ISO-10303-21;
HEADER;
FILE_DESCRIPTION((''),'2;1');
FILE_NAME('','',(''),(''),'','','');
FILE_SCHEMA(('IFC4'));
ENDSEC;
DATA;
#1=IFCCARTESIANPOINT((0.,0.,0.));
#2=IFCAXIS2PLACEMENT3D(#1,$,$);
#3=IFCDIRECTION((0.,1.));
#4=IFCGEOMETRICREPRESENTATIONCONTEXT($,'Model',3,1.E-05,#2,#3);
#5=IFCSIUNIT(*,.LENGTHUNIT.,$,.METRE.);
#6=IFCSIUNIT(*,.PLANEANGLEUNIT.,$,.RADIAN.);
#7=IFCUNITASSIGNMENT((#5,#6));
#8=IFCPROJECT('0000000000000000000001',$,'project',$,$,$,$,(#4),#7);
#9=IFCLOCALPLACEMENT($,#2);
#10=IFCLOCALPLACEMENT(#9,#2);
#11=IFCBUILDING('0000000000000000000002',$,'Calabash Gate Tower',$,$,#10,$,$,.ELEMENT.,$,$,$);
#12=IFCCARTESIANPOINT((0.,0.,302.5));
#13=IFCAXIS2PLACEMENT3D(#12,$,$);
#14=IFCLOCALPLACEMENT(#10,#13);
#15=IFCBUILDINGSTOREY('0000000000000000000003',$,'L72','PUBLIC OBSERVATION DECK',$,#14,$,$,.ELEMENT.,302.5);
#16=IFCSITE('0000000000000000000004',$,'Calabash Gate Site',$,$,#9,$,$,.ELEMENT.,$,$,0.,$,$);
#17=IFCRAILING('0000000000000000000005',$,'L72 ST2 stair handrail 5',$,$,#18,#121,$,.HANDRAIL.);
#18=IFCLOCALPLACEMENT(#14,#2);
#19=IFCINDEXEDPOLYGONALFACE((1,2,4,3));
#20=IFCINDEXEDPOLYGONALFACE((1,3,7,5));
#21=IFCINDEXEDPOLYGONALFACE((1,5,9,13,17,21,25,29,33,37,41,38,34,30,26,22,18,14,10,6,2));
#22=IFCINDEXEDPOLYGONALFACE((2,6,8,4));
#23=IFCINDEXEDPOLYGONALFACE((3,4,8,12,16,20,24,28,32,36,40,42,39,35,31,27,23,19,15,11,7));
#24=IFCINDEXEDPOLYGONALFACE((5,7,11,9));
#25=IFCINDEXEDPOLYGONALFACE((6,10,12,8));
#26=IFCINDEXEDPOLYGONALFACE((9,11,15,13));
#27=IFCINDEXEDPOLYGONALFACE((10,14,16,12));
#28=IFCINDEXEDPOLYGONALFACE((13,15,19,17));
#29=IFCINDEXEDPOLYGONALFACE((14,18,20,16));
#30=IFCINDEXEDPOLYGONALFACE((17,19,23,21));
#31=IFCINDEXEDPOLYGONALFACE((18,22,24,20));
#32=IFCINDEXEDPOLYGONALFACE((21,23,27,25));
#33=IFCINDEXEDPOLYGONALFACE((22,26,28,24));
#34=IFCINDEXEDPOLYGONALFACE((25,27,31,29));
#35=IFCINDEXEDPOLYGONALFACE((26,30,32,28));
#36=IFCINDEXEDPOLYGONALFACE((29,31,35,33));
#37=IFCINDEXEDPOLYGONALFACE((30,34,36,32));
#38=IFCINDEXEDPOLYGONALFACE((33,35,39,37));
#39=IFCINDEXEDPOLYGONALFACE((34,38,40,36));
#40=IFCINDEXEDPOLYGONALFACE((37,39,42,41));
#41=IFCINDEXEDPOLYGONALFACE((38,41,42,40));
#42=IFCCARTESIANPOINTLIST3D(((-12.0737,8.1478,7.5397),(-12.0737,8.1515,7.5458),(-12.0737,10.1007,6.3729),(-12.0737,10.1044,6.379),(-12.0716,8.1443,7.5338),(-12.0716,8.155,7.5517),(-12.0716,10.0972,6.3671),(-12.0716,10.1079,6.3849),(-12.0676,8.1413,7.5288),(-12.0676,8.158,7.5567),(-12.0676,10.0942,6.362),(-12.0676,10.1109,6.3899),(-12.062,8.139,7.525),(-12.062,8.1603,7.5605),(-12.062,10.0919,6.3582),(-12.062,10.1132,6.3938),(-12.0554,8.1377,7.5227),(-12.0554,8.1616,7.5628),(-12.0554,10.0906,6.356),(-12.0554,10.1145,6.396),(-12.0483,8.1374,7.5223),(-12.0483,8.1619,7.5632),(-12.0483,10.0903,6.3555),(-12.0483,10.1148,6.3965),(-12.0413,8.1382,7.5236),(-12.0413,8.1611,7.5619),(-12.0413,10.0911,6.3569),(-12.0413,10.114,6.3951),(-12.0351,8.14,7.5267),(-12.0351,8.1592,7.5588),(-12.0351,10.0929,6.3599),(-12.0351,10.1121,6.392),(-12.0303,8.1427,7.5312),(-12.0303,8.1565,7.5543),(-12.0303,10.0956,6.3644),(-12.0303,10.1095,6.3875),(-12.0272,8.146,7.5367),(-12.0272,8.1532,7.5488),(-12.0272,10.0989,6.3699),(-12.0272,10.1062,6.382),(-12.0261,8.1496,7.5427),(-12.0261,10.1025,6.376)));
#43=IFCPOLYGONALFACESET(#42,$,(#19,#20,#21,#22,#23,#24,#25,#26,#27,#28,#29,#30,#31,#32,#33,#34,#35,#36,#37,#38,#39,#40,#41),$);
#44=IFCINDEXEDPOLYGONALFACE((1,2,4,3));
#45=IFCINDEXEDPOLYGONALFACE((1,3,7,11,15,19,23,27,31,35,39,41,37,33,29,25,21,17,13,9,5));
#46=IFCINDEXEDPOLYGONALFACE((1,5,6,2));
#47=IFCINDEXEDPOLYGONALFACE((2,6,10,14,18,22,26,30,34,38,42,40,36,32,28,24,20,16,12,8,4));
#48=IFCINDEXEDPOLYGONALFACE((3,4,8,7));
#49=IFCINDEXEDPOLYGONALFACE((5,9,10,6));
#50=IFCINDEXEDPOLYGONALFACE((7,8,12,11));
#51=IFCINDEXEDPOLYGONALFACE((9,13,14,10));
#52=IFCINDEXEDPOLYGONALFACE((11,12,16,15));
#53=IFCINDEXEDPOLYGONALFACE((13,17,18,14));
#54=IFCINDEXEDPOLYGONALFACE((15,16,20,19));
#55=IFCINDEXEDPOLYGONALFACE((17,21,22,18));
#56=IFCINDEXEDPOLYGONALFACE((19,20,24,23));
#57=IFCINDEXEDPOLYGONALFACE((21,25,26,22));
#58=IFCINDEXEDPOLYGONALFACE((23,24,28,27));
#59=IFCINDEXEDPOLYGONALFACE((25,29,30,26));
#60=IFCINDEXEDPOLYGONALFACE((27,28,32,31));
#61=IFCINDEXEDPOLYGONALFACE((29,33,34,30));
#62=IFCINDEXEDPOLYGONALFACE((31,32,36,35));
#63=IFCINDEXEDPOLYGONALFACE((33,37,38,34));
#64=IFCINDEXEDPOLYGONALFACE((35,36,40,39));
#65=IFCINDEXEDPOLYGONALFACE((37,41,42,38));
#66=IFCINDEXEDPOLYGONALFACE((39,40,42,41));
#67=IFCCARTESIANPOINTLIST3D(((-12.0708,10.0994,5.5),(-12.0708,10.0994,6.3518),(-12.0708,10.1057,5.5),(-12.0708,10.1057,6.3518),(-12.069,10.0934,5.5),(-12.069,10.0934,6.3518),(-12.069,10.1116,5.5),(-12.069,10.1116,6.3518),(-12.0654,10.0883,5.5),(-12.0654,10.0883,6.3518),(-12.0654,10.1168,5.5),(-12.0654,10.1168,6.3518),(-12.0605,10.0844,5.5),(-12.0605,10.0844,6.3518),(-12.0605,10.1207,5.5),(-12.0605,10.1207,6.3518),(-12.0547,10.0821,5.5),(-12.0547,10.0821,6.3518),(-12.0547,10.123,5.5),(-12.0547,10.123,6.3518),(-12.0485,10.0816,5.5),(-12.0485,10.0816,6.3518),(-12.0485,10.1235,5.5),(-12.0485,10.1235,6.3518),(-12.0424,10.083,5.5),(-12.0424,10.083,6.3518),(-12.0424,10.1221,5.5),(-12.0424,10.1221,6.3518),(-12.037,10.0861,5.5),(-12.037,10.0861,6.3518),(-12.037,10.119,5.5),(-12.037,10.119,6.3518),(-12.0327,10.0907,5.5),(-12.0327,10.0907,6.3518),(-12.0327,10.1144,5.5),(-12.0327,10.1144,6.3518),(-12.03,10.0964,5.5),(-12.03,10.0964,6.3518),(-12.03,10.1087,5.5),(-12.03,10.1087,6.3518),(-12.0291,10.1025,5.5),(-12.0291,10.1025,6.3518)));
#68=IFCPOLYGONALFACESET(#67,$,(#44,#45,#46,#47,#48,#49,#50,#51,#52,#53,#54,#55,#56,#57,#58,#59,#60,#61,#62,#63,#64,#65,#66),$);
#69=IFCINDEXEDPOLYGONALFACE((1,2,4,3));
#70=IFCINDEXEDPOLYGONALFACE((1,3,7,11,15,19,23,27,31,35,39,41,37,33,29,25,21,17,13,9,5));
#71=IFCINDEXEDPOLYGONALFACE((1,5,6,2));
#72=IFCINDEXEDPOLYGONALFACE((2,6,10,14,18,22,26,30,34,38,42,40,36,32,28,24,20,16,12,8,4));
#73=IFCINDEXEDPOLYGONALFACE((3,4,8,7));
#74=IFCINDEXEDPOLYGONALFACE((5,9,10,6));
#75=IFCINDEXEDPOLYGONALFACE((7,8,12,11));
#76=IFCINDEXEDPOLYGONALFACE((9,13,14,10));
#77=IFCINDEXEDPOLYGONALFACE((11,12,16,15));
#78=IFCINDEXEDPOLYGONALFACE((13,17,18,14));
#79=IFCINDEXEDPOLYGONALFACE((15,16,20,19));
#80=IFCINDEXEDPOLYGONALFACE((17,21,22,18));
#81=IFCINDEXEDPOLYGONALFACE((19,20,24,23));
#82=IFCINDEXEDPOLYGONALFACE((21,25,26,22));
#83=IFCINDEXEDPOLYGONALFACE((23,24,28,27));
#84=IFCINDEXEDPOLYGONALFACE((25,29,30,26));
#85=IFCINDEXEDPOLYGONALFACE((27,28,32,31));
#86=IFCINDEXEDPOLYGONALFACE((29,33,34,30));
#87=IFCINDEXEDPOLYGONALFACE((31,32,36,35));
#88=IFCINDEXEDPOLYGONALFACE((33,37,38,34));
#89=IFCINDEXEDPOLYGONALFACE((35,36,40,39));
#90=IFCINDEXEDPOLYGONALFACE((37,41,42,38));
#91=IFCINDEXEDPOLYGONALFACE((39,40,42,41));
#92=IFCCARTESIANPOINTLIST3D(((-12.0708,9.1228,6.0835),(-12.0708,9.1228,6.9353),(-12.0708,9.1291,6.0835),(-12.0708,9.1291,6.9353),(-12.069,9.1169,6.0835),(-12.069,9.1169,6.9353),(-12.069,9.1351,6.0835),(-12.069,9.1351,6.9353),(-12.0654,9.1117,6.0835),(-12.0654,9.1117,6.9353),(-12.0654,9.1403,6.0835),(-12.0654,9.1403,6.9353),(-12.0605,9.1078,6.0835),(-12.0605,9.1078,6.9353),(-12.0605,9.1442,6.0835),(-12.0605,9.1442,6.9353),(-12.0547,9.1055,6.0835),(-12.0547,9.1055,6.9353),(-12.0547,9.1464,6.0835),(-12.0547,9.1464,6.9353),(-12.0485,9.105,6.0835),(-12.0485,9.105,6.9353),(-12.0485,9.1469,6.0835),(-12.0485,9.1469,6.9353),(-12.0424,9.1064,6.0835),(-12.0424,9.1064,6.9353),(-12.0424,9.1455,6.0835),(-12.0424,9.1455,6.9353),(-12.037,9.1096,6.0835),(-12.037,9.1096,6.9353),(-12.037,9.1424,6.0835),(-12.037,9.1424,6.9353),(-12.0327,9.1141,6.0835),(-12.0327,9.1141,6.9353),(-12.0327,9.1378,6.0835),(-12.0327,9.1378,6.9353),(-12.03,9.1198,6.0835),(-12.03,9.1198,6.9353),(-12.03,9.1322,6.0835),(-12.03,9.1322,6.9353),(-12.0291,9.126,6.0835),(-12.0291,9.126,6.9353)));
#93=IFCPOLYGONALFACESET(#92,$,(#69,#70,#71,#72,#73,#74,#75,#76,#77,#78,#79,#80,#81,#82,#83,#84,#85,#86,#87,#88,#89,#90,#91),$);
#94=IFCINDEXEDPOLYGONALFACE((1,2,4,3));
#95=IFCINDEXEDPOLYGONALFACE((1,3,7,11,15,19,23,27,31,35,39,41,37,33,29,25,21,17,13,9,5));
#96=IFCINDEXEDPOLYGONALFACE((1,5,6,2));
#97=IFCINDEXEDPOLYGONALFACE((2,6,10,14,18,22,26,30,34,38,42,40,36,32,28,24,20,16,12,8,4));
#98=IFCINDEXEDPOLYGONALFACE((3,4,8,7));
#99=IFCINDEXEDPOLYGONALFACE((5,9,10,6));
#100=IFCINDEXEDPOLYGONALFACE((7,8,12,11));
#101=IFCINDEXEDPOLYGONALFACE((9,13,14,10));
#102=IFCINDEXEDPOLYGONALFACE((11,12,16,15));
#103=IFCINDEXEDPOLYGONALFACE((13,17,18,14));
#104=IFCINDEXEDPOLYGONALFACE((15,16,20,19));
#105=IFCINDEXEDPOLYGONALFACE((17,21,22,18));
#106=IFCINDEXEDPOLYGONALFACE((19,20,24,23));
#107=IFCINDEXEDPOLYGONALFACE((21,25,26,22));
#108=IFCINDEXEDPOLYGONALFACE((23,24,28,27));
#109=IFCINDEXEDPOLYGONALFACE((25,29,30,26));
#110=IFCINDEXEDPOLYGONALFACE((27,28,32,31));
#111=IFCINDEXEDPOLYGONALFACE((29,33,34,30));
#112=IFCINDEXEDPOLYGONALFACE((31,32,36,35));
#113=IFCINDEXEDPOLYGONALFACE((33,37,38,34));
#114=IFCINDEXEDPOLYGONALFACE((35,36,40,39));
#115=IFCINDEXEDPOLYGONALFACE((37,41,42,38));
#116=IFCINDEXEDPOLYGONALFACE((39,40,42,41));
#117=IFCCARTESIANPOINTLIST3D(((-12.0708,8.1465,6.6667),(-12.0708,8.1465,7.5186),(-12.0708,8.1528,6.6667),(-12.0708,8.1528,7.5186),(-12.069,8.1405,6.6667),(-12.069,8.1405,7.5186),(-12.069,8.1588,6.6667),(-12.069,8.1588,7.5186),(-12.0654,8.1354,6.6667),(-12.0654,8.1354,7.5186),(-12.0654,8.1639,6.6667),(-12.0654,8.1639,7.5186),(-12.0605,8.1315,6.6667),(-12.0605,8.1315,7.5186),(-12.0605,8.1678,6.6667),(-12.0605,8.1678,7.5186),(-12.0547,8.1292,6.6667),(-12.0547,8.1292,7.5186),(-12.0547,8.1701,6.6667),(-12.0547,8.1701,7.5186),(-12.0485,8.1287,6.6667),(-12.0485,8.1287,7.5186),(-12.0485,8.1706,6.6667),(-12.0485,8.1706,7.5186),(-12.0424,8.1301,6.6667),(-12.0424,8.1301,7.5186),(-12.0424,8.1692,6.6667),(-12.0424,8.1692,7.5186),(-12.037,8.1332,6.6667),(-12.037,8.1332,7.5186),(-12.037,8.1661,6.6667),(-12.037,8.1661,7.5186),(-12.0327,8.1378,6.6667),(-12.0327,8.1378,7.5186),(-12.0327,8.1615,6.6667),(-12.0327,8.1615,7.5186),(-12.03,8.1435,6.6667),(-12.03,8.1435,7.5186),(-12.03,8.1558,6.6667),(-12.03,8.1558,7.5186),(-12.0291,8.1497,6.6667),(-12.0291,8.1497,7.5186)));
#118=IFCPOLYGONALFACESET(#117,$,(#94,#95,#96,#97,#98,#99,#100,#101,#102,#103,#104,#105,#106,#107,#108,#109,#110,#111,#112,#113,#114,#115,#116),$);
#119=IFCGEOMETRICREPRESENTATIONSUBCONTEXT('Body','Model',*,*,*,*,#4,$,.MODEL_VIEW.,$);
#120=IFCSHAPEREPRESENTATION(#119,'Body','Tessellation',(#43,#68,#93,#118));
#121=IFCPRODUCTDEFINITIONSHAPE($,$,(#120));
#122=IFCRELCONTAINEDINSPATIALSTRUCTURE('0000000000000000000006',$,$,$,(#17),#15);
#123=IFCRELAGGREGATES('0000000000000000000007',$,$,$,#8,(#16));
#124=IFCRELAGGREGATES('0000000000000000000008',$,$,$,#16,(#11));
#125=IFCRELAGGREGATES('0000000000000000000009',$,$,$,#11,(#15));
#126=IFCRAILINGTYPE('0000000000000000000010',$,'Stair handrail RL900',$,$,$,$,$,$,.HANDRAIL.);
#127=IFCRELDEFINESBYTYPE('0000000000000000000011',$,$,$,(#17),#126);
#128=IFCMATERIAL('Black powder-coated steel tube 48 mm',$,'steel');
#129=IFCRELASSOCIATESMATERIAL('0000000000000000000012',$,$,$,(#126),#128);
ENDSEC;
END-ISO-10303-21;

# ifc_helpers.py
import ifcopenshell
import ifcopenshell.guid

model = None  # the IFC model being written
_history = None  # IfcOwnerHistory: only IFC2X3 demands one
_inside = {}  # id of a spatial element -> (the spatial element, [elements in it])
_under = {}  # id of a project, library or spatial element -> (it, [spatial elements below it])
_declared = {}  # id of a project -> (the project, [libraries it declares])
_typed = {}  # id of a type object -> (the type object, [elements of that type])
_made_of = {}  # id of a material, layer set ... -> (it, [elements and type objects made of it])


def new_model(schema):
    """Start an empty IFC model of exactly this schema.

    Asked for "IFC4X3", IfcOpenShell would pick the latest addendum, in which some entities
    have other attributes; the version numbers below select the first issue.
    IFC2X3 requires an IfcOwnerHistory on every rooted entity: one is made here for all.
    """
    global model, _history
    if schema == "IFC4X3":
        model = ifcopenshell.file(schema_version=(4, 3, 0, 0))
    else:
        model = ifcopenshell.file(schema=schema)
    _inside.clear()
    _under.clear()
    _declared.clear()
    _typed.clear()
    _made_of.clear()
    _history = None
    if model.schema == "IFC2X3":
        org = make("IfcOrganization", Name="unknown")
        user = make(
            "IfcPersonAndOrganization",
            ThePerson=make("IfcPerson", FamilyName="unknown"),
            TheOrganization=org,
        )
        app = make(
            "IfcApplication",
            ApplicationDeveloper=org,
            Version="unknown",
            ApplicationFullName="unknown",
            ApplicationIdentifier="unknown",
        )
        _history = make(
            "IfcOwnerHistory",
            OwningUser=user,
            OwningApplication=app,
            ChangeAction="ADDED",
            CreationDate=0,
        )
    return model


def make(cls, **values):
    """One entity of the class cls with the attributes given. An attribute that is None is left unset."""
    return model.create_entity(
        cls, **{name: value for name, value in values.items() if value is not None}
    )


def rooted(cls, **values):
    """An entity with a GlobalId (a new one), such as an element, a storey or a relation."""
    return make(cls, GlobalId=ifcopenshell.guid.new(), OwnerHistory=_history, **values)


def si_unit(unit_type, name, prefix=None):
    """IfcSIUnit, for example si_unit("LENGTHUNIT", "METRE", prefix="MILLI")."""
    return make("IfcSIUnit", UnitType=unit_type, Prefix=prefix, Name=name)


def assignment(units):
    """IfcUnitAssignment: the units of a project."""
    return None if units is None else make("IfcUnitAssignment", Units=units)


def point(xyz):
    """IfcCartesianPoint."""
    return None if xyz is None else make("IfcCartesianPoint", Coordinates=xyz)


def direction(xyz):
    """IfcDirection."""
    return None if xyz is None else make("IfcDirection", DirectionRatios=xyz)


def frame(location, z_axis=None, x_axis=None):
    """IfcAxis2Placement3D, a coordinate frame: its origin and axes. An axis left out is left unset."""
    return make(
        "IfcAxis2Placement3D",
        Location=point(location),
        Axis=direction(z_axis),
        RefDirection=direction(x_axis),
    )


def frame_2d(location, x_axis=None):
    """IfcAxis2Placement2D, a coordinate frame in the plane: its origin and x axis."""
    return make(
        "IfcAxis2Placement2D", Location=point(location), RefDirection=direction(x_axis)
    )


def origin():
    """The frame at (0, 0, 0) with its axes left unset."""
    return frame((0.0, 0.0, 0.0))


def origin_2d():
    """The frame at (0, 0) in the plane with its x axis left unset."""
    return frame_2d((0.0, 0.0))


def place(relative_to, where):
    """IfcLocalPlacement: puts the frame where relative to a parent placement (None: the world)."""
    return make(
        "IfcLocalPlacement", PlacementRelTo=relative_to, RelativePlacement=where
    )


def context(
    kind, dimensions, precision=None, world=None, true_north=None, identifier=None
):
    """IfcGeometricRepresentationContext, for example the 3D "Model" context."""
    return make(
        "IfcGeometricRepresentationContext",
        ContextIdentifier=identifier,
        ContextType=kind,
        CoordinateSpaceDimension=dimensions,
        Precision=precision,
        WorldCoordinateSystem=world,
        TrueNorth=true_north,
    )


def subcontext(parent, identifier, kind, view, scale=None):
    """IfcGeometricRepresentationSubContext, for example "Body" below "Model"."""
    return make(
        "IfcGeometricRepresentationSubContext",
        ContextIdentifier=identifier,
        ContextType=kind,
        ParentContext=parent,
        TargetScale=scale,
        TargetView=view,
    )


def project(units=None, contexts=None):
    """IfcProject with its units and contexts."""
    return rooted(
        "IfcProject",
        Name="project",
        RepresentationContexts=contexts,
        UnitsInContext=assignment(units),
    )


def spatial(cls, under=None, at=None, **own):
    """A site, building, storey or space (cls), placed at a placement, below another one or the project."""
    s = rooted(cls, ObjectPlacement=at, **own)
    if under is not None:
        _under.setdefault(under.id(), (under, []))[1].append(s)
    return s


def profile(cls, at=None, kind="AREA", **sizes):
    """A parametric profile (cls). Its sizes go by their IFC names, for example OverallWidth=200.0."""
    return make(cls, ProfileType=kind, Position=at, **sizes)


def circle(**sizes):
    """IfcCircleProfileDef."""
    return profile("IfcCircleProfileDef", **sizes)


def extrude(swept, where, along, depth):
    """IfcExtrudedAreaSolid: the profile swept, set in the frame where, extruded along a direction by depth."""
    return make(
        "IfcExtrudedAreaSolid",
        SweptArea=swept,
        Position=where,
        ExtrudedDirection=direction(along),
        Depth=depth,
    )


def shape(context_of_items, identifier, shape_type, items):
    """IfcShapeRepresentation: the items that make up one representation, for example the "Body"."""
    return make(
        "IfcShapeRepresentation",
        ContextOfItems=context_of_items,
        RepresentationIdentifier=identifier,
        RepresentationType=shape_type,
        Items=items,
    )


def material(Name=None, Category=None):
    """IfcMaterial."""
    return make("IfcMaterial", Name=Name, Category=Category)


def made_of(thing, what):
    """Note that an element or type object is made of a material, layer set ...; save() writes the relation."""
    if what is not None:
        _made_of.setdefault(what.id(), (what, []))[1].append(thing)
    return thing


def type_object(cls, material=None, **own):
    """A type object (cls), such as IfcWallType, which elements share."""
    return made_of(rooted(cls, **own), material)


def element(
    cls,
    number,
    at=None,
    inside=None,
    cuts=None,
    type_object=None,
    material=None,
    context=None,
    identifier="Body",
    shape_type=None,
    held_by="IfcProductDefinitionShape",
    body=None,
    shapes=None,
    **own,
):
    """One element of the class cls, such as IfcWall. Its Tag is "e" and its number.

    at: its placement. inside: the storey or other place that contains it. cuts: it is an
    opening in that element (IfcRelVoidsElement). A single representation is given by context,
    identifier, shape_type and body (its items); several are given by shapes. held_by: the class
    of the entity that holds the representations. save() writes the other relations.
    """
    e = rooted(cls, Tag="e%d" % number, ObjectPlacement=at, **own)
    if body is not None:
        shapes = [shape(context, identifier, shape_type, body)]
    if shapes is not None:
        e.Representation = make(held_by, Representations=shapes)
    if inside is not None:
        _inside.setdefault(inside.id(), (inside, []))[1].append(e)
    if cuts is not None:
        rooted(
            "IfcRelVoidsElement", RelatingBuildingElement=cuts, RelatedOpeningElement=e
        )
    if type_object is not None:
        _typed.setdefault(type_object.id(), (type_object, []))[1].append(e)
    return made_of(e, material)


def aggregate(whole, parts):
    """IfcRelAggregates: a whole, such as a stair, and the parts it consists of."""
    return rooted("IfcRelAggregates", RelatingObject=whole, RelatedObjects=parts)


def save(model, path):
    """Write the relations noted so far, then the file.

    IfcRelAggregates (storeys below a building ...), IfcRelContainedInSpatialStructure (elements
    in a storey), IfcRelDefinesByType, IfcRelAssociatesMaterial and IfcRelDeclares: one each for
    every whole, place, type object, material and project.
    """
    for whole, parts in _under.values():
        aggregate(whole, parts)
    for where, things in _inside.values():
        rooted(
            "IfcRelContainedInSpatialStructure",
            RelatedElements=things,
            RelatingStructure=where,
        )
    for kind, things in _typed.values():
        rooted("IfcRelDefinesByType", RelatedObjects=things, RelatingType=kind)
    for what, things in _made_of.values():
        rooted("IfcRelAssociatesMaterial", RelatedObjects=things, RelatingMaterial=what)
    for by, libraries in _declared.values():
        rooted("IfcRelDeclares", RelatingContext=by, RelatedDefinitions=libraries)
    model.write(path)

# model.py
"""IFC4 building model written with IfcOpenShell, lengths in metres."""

from ifc_helpers import new_model, si_unit, direction, frame, origin, origin_2d, place, context, subcontext, project, spatial, circle, extrude, material, type_object, element, save


model = new_model("IFC4")

# Units and contexts
model_context = context("Model", 3, precision=1e-05, world=origin(), true_north=direction((0.0, 1.0)))
body_context = subcontext(model_context, "Body", "Model", "MODEL_VIEW")
ifc_project = project(units=[si_unit("LENGTHUNIT", "METRE"), si_unit("PLANEANGLEUNIT", "RADIAN")], contexts=[model_context])

# Site, building, storey
site_placement = place(None, origin())
site = spatial("IfcSite", under=ifc_project, at=site_placement, Name="Calabash Gate Site", CompositionType="ELEMENT", RefElevation=0.0)
building_placement = place(site_placement, origin())
building = spatial("IfcBuilding", under=site, at=building_placement, Name="Calabash Gate Tower", CompositionType="ELEMENT")
storey_placement = place(building_placement, frame((0.0, 0.0, 302.5)))
storey = spatial("IfcBuildingStorey", under=building, at=storey_placement, Name="L72", Description="PUBLIC OBSERVATION DECK", CompositionType="ELEMENT", Elevation=302.5)

# Railing
ifc_material_1 = material(Name="Black powder-coated steel tube 48 mm", Category="steel")
railing_type_1 = type_object("IfcRailingType", Name="Stair handrail RL900", PredefinedType="HANDRAIL", material=ifc_material_1)
railing_1_placement = place(storey_placement, frame((-12.05, 10.1025, 5.5)))
element("IfcRailing", 1, at=railing_1_placement, inside=storey, type_object=railing_type_1, Name="L72 ST2 stair handrail 5", PredefinedType="HANDRAIL", context=body_context, shape_type="SweptSolid", body=[
    extrude(circle(Radius=0.0239, at=origin_2d()), frame((0.0, 0.0, 0.876), z_axis=(0.0, -0.858457, 0.512885), x_axis=(1.0, 0.0, 0.0)), (0.0, 0.0, 1.0), 2.2749),
    extrude(circle(Radius=0.021, at=origin_2d()), origin(), (0.0, 0.0, 1.0), 0.8518),
    extrude(circle(Radius=0.021, at=origin_2d()), frame((0.0, -0.9766, 0.5835)), (0.0, 0.0, 1.0), 0.8518),
    extrude(circle(Radius=0.021, at=origin_2d()), frame((0.0, -1.9529, 1.1667)), (0.0, 0.0, 1.0), 0.8518),
])

save(model, "model.ifc")
